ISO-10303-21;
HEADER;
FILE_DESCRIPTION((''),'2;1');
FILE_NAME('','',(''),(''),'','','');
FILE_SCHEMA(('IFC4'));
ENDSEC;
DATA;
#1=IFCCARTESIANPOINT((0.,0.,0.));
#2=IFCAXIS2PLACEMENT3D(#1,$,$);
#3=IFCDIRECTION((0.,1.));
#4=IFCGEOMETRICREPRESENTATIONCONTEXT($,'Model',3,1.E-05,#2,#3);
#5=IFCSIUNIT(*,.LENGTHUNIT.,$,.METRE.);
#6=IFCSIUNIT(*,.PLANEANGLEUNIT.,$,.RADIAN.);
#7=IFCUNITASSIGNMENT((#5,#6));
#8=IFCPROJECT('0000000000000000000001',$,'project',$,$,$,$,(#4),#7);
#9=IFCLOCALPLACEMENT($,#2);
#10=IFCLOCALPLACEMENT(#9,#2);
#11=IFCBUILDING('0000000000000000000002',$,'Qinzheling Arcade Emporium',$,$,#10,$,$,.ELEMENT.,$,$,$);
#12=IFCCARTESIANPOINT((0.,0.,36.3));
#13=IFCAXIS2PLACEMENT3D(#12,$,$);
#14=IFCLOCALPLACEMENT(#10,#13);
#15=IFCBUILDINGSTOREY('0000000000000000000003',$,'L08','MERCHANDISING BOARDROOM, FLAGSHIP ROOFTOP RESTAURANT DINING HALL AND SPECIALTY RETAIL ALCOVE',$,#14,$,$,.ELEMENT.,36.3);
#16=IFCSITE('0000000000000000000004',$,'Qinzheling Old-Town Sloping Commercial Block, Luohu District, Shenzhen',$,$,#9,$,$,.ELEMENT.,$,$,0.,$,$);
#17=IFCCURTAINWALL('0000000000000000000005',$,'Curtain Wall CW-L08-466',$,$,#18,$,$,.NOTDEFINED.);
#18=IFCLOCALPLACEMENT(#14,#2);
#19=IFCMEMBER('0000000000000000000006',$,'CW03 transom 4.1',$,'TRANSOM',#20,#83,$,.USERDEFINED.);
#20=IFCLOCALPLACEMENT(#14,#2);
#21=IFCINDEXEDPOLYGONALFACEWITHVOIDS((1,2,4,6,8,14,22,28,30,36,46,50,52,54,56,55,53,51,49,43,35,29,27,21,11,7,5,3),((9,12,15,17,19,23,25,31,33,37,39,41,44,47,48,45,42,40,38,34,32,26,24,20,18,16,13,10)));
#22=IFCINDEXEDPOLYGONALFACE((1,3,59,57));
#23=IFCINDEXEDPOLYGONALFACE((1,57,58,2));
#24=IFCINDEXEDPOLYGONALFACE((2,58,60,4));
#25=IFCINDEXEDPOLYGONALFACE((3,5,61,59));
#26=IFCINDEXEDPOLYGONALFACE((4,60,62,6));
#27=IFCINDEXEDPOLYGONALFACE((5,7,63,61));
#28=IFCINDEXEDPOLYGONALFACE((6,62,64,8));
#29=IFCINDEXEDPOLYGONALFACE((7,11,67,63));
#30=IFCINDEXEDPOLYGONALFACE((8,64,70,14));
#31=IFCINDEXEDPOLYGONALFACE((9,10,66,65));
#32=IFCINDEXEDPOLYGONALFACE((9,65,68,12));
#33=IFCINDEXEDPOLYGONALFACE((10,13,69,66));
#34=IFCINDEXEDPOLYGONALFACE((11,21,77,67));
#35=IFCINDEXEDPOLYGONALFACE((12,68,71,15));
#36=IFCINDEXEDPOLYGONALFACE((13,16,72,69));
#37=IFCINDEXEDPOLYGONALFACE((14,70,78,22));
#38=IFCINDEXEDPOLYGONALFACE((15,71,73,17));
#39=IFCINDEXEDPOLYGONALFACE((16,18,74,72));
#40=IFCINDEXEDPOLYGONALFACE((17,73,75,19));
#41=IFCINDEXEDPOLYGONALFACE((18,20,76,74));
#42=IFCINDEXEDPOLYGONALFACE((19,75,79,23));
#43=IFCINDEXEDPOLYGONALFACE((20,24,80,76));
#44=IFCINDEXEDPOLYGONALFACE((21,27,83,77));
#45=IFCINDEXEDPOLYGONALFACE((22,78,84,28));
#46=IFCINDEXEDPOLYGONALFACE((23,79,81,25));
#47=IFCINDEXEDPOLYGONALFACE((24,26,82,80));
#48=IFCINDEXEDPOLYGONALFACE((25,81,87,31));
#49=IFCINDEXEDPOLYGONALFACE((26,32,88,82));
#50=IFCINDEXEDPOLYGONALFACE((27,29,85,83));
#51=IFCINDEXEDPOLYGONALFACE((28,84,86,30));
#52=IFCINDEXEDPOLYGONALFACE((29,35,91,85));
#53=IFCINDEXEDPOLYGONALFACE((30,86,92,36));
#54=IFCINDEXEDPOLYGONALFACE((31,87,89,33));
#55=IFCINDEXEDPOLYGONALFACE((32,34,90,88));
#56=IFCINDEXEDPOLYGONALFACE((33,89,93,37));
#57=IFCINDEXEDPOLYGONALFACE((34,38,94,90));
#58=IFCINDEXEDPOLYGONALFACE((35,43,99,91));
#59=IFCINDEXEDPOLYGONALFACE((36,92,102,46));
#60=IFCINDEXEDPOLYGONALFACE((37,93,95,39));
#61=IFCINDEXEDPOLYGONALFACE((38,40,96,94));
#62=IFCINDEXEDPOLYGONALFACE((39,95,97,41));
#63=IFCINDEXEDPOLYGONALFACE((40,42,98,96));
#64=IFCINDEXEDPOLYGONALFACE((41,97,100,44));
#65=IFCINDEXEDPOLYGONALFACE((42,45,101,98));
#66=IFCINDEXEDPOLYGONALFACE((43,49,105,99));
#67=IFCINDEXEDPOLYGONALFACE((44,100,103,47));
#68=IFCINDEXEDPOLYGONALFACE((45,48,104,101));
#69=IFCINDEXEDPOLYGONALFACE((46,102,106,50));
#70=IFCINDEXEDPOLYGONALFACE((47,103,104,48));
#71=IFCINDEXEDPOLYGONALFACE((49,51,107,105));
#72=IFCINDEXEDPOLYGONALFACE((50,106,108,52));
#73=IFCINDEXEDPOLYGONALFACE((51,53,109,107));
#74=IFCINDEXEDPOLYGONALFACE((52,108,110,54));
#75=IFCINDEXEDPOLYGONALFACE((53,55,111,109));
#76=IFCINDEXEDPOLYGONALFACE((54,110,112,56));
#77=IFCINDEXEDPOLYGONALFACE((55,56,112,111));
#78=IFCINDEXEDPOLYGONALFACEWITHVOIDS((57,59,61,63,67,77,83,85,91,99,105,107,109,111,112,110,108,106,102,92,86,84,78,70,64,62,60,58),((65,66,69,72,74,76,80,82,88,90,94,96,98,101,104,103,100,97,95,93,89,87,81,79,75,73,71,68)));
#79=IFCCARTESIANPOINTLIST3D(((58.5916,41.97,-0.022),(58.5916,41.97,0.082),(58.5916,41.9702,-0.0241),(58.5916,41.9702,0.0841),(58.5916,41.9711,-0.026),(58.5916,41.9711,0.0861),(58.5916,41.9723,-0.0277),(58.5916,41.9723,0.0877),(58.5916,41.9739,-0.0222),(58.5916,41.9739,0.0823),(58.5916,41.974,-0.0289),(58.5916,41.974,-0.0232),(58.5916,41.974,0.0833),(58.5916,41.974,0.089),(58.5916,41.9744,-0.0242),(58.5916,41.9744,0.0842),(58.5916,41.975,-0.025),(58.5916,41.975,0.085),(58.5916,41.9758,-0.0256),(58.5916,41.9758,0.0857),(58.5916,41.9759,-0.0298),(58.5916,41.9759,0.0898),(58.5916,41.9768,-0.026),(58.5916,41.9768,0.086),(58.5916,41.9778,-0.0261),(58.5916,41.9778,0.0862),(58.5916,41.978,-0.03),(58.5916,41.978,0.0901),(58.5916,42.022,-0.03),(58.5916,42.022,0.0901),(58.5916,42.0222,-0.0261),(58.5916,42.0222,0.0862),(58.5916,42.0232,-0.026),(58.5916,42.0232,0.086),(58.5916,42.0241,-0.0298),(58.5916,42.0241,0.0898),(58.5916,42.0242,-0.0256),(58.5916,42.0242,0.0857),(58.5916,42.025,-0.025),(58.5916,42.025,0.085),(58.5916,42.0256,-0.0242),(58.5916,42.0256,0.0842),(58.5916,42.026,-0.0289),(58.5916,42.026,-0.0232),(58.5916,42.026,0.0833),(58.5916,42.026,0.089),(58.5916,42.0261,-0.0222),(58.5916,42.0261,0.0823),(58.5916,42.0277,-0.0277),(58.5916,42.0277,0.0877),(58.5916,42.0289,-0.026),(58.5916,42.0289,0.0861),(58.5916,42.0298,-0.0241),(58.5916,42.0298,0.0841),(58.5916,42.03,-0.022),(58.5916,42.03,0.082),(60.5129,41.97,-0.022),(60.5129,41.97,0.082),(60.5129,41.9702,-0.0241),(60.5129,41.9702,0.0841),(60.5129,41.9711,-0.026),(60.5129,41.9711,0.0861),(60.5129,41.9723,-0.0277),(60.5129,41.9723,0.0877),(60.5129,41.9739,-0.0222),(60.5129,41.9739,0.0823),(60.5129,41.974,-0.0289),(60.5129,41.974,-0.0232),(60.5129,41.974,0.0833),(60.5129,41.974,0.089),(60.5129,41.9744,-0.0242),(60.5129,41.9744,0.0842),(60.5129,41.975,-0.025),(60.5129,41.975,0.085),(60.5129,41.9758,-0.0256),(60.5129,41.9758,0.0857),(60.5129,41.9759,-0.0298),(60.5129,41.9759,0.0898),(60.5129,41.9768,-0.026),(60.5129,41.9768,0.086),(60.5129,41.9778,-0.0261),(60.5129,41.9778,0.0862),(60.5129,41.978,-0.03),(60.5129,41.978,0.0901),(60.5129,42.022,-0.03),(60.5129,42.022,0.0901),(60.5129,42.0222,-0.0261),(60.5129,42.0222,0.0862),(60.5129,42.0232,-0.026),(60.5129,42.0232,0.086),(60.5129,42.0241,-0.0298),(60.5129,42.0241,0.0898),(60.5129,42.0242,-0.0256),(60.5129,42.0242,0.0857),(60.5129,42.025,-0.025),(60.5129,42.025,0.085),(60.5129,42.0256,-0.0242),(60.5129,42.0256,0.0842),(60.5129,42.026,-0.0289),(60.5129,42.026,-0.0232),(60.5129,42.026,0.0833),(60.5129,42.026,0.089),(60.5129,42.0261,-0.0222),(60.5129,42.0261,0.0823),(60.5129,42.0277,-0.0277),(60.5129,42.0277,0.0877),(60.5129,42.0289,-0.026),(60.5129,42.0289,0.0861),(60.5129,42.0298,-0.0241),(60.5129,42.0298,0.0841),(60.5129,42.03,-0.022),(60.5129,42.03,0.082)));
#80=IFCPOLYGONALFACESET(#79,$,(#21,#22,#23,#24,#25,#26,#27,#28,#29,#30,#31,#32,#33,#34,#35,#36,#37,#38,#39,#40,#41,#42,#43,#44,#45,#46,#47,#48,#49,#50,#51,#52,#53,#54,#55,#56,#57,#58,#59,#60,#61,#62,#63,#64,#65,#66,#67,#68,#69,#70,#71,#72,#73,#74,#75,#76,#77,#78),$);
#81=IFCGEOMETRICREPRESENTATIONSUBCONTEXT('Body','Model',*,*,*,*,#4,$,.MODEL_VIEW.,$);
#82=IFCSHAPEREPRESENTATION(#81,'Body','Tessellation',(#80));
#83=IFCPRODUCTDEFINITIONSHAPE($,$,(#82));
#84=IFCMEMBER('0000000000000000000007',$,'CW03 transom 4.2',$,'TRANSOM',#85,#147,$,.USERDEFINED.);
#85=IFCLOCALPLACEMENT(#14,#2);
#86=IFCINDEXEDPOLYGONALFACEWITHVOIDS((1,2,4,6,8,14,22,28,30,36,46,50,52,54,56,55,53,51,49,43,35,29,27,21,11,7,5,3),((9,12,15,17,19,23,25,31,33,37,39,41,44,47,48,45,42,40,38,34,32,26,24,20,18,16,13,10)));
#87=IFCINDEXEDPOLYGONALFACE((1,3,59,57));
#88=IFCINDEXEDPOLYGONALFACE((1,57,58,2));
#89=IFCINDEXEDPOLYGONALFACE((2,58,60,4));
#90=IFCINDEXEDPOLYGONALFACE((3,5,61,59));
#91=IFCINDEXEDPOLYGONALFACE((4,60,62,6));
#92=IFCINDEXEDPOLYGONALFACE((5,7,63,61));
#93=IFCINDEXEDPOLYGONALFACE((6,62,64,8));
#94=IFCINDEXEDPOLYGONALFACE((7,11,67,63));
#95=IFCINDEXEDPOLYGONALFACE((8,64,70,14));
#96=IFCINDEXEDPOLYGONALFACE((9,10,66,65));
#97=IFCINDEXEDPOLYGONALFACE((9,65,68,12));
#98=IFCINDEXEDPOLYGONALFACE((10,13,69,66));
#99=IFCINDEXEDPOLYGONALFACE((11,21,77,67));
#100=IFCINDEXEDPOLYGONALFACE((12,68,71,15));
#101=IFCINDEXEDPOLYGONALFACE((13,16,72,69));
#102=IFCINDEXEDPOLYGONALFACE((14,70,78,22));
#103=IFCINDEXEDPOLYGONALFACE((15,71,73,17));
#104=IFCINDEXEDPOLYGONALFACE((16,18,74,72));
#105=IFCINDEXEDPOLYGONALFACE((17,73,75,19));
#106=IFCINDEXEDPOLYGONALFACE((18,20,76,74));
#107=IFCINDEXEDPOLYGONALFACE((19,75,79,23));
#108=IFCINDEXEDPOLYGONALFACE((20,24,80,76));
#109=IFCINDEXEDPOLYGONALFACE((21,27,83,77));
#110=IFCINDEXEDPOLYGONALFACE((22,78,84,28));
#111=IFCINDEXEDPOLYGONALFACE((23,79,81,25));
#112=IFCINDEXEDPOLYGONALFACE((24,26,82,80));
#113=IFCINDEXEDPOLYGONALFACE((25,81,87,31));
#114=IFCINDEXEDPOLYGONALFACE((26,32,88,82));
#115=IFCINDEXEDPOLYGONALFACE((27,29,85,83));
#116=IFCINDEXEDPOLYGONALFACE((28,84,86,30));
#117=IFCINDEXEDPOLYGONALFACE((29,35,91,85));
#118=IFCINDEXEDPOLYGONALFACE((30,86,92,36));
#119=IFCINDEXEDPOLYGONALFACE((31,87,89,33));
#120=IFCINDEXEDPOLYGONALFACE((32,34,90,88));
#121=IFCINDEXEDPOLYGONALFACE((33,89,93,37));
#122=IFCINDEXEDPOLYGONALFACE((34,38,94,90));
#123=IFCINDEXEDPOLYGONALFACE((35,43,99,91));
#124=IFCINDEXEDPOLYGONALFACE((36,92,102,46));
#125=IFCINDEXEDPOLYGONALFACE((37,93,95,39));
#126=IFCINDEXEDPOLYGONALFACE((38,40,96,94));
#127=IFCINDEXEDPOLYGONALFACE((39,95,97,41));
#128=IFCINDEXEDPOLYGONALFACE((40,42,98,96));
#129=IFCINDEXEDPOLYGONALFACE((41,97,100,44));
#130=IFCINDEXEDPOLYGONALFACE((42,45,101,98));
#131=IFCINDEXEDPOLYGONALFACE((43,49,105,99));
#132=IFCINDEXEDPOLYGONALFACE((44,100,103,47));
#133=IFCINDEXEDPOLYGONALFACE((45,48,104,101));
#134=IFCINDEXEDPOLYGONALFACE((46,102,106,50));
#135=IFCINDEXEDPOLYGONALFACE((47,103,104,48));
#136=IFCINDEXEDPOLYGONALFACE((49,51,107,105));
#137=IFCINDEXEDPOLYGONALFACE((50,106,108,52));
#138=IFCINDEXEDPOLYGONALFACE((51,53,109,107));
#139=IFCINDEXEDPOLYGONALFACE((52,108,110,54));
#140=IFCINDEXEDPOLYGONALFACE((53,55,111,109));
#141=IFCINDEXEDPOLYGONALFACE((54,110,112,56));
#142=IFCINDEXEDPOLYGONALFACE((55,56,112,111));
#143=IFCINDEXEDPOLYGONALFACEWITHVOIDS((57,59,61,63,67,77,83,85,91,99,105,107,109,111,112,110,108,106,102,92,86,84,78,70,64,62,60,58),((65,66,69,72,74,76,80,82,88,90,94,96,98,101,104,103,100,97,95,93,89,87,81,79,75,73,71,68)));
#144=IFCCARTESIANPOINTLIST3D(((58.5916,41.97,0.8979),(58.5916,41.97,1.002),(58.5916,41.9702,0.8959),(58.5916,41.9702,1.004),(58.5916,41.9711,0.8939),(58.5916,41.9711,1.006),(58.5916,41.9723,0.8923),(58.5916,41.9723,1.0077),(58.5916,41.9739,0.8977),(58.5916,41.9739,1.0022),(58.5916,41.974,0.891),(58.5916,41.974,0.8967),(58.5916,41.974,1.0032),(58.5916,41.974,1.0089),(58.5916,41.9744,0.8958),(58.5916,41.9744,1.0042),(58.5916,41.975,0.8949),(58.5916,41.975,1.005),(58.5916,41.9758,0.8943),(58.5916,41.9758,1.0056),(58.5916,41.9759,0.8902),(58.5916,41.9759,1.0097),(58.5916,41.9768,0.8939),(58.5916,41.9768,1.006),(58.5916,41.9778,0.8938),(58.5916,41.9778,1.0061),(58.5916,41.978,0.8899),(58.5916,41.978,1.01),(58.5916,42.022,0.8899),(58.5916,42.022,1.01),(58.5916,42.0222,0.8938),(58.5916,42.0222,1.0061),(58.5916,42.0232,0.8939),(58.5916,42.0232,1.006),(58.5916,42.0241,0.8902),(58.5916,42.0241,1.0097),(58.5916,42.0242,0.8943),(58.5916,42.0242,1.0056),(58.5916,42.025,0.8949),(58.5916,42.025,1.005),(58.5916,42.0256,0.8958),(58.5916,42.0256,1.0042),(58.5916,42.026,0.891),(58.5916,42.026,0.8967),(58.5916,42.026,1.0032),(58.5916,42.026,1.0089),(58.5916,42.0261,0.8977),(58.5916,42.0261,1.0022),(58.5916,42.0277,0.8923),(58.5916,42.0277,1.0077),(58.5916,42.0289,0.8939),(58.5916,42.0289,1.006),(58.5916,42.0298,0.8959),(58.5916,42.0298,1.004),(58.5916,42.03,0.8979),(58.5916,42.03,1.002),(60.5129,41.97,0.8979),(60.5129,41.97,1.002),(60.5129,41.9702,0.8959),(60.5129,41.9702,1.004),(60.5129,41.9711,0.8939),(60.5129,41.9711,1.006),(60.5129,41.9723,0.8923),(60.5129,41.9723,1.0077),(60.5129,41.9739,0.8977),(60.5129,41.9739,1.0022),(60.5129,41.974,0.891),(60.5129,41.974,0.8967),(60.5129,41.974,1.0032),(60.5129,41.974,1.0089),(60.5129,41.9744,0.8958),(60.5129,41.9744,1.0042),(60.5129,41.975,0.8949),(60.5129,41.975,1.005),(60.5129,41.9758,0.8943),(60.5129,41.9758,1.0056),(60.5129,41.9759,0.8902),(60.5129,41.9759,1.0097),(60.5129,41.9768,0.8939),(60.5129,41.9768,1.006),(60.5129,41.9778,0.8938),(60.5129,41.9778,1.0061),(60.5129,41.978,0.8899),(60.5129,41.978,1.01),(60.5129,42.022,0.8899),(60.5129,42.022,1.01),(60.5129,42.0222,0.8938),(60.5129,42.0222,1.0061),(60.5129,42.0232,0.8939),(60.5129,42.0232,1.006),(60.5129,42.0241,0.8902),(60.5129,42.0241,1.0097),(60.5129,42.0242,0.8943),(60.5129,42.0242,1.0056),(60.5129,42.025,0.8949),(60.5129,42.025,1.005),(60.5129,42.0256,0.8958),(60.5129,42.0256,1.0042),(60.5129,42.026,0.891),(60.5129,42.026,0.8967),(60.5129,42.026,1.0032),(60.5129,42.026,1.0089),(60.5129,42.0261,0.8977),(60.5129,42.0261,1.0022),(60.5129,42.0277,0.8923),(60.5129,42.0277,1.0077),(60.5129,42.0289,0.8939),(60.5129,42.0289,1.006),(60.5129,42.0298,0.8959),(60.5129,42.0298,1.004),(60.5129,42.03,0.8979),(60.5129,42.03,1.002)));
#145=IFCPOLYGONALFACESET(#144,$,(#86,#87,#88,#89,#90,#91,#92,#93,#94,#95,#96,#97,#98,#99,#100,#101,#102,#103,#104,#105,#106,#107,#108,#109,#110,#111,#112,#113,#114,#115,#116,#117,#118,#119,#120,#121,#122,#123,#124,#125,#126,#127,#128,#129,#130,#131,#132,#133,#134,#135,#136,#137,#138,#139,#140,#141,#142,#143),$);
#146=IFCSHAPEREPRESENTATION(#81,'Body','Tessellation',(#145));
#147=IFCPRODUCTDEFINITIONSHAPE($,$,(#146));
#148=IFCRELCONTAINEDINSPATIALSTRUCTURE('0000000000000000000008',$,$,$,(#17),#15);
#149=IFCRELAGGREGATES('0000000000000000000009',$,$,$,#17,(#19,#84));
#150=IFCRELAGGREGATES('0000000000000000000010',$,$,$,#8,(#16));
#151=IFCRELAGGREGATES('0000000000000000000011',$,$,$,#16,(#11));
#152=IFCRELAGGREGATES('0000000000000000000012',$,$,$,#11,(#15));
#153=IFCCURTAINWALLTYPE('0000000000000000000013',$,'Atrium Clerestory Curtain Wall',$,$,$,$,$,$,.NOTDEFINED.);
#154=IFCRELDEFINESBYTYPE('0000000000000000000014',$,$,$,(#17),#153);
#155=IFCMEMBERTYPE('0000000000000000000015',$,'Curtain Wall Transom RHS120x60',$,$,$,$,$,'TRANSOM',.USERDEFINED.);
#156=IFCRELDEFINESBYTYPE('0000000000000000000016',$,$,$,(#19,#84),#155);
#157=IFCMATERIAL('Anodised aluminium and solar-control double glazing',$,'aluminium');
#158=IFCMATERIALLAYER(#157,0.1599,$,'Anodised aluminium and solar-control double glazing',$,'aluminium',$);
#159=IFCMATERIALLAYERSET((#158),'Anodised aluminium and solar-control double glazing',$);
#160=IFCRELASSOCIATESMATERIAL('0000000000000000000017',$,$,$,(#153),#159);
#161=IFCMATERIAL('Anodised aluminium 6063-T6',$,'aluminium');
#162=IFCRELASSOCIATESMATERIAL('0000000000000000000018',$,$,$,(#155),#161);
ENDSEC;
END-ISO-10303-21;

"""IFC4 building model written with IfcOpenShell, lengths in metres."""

from ifc_helpers import new_model, si_unit, direction, frame, origin, origin_2d, place, context, subcontext, project, spatial, hollow_rectangle, extrude, material, layer, layer_set, material_profile, profile_set, type_object, element, aggregate, save


model = new_model("IFC4")

# Units and contexts
model_context = context("Model", 3, precision=1e-05, world=origin(), true_north=direction((0.0, 1.0)))
body_context = subcontext(model_context, "Body", "Model", "MODEL_VIEW")
ifc_project = project(units=[si_unit("LENGTHUNIT", "METRE"), si_unit("PLANEANGLEUNIT", "RADIAN")], contexts=[model_context])

# Site, building, storey
site_placement = place(None, origin())
site = spatial("IfcSite", under=ifc_project, at=site_placement, Name="Qinzheling Old-Town Sloping Commercial Block, Luohu District, Shenzhen", CompositionType="ELEMENT", RefElevation=0.0)
building_placement = place(site_placement, origin())
building = spatial("IfcBuilding", under=site, at=building_placement, Name="Qinzheling Arcade Emporium", CompositionType="ELEMENT")
storey_placement = place(building_placement, frame((0.0, 0.0, 36.3)))
storey = spatial("IfcBuildingStorey", under=building, at=storey_placement, Name="L08", Description="MERCHANDISING BOARDROOM, FLAGSHIP ROOFTOP RESTAURANT DINING HALL AND SPECIALTY RETAIL ALCOVE", CompositionType="ELEMENT", Elevation=36.3)

# Curtain wall
ifc_material_1 = material(Name="Anodised aluminium and solar-control double glazing", Category="aluminium")
ifc_layer_1 = layer(ifc_material_1, 0.1599, Name="Anodised aluminium and solar-control double glazing", Category="aluminium")
ifc_layer_set_1 = layer_set([ifc_layer_1], Name="Anodised aluminium and solar-control double glazing")
curtain_wall_type = type_object("IfcCurtainWallType", Name="Atrium Clerestory Curtain Wall", PredefinedType="NOTDEFINED", material=ifc_layer_set_1)
curtain_wall_1_placement = place(storey_placement, origin())
curtain_wall_1 = element("IfcCurtainWall", 1, at=curtain_wall_1_placement, inside=storey, type_object=curtain_wall_type, Name="Curtain Wall CW-L08-466", PredefinedType="NOTDEFINED")
ifc_material_2 = material(Name="Anodised aluminium 6063-T6", Category="aluminium")

# Members
ifc_material_profile_1 = material_profile(ifc_material_2, hollow_rectangle(XDim=0.0601, YDim=0.1201, WallThickness=0.0039, InnerFilletRadius=0.0039, OuterFilletRadius=0.0081, at=origin_2d()), Name="RHS 120x60x4", Category="aluminium")
ifc_profile_set_1 = profile_set([ifc_material_profile_1], Name="Anodised aluminium 6063-T6")
member_type_1 = type_object("IfcMemberType", Name="Curtain Wall Transom RHS120x60", ElementType="TRANSOM", PredefinedType="USERDEFINED", material=ifc_profile_set_1)
member_1_placement = place(storey_placement, frame((58.5916, 42.0, 0.03), z_axis=(1.0, 0.0, 0.0), x_axis=(0.0, 1.0, 0.0)))
member_1 = element("IfcMember", 2, at=member_1_placement, type_object=member_type_1, Name="CW03 transom 4.1", ObjectType="TRANSOM", PredefinedType="USERDEFINED", context=body_context, shape_type="SweptSolid", body=[
    extrude(hollow_rectangle(XDim=0.0601, YDim=0.1201, WallThickness=0.0039, InnerFilletRadius=0.0039, OuterFilletRadius=0.0081, at=origin_2d()), origin(), (0.0, 0.0, 1.0), 1.9214),
])
member_2_placement = place(storey_placement, frame((58.5916, 42.0, 0.95), z_axis=(1.0, 0.0, 0.0), x_axis=(0.0, 1.0, 0.0)))
member_2 = element("IfcMember", 3, at=member_2_placement, type_object=member_type_1, Name="CW03 transom 4.2", ObjectType="TRANSOM", PredefinedType="USERDEFINED", context=body_context, shape_type="SweptSolid", body=[
    extrude(hollow_rectangle(XDim=0.0601, YDim=0.1201, WallThickness=0.0039, InnerFilletRadius=0.0039, OuterFilletRadius=0.0081, at=origin_2d()), origin(), (0.0, 0.0, 1.0), 1.9214),
])

aggregate(curtain_wall_1, [member_1, member_2])

save(model, "model.ifc")
